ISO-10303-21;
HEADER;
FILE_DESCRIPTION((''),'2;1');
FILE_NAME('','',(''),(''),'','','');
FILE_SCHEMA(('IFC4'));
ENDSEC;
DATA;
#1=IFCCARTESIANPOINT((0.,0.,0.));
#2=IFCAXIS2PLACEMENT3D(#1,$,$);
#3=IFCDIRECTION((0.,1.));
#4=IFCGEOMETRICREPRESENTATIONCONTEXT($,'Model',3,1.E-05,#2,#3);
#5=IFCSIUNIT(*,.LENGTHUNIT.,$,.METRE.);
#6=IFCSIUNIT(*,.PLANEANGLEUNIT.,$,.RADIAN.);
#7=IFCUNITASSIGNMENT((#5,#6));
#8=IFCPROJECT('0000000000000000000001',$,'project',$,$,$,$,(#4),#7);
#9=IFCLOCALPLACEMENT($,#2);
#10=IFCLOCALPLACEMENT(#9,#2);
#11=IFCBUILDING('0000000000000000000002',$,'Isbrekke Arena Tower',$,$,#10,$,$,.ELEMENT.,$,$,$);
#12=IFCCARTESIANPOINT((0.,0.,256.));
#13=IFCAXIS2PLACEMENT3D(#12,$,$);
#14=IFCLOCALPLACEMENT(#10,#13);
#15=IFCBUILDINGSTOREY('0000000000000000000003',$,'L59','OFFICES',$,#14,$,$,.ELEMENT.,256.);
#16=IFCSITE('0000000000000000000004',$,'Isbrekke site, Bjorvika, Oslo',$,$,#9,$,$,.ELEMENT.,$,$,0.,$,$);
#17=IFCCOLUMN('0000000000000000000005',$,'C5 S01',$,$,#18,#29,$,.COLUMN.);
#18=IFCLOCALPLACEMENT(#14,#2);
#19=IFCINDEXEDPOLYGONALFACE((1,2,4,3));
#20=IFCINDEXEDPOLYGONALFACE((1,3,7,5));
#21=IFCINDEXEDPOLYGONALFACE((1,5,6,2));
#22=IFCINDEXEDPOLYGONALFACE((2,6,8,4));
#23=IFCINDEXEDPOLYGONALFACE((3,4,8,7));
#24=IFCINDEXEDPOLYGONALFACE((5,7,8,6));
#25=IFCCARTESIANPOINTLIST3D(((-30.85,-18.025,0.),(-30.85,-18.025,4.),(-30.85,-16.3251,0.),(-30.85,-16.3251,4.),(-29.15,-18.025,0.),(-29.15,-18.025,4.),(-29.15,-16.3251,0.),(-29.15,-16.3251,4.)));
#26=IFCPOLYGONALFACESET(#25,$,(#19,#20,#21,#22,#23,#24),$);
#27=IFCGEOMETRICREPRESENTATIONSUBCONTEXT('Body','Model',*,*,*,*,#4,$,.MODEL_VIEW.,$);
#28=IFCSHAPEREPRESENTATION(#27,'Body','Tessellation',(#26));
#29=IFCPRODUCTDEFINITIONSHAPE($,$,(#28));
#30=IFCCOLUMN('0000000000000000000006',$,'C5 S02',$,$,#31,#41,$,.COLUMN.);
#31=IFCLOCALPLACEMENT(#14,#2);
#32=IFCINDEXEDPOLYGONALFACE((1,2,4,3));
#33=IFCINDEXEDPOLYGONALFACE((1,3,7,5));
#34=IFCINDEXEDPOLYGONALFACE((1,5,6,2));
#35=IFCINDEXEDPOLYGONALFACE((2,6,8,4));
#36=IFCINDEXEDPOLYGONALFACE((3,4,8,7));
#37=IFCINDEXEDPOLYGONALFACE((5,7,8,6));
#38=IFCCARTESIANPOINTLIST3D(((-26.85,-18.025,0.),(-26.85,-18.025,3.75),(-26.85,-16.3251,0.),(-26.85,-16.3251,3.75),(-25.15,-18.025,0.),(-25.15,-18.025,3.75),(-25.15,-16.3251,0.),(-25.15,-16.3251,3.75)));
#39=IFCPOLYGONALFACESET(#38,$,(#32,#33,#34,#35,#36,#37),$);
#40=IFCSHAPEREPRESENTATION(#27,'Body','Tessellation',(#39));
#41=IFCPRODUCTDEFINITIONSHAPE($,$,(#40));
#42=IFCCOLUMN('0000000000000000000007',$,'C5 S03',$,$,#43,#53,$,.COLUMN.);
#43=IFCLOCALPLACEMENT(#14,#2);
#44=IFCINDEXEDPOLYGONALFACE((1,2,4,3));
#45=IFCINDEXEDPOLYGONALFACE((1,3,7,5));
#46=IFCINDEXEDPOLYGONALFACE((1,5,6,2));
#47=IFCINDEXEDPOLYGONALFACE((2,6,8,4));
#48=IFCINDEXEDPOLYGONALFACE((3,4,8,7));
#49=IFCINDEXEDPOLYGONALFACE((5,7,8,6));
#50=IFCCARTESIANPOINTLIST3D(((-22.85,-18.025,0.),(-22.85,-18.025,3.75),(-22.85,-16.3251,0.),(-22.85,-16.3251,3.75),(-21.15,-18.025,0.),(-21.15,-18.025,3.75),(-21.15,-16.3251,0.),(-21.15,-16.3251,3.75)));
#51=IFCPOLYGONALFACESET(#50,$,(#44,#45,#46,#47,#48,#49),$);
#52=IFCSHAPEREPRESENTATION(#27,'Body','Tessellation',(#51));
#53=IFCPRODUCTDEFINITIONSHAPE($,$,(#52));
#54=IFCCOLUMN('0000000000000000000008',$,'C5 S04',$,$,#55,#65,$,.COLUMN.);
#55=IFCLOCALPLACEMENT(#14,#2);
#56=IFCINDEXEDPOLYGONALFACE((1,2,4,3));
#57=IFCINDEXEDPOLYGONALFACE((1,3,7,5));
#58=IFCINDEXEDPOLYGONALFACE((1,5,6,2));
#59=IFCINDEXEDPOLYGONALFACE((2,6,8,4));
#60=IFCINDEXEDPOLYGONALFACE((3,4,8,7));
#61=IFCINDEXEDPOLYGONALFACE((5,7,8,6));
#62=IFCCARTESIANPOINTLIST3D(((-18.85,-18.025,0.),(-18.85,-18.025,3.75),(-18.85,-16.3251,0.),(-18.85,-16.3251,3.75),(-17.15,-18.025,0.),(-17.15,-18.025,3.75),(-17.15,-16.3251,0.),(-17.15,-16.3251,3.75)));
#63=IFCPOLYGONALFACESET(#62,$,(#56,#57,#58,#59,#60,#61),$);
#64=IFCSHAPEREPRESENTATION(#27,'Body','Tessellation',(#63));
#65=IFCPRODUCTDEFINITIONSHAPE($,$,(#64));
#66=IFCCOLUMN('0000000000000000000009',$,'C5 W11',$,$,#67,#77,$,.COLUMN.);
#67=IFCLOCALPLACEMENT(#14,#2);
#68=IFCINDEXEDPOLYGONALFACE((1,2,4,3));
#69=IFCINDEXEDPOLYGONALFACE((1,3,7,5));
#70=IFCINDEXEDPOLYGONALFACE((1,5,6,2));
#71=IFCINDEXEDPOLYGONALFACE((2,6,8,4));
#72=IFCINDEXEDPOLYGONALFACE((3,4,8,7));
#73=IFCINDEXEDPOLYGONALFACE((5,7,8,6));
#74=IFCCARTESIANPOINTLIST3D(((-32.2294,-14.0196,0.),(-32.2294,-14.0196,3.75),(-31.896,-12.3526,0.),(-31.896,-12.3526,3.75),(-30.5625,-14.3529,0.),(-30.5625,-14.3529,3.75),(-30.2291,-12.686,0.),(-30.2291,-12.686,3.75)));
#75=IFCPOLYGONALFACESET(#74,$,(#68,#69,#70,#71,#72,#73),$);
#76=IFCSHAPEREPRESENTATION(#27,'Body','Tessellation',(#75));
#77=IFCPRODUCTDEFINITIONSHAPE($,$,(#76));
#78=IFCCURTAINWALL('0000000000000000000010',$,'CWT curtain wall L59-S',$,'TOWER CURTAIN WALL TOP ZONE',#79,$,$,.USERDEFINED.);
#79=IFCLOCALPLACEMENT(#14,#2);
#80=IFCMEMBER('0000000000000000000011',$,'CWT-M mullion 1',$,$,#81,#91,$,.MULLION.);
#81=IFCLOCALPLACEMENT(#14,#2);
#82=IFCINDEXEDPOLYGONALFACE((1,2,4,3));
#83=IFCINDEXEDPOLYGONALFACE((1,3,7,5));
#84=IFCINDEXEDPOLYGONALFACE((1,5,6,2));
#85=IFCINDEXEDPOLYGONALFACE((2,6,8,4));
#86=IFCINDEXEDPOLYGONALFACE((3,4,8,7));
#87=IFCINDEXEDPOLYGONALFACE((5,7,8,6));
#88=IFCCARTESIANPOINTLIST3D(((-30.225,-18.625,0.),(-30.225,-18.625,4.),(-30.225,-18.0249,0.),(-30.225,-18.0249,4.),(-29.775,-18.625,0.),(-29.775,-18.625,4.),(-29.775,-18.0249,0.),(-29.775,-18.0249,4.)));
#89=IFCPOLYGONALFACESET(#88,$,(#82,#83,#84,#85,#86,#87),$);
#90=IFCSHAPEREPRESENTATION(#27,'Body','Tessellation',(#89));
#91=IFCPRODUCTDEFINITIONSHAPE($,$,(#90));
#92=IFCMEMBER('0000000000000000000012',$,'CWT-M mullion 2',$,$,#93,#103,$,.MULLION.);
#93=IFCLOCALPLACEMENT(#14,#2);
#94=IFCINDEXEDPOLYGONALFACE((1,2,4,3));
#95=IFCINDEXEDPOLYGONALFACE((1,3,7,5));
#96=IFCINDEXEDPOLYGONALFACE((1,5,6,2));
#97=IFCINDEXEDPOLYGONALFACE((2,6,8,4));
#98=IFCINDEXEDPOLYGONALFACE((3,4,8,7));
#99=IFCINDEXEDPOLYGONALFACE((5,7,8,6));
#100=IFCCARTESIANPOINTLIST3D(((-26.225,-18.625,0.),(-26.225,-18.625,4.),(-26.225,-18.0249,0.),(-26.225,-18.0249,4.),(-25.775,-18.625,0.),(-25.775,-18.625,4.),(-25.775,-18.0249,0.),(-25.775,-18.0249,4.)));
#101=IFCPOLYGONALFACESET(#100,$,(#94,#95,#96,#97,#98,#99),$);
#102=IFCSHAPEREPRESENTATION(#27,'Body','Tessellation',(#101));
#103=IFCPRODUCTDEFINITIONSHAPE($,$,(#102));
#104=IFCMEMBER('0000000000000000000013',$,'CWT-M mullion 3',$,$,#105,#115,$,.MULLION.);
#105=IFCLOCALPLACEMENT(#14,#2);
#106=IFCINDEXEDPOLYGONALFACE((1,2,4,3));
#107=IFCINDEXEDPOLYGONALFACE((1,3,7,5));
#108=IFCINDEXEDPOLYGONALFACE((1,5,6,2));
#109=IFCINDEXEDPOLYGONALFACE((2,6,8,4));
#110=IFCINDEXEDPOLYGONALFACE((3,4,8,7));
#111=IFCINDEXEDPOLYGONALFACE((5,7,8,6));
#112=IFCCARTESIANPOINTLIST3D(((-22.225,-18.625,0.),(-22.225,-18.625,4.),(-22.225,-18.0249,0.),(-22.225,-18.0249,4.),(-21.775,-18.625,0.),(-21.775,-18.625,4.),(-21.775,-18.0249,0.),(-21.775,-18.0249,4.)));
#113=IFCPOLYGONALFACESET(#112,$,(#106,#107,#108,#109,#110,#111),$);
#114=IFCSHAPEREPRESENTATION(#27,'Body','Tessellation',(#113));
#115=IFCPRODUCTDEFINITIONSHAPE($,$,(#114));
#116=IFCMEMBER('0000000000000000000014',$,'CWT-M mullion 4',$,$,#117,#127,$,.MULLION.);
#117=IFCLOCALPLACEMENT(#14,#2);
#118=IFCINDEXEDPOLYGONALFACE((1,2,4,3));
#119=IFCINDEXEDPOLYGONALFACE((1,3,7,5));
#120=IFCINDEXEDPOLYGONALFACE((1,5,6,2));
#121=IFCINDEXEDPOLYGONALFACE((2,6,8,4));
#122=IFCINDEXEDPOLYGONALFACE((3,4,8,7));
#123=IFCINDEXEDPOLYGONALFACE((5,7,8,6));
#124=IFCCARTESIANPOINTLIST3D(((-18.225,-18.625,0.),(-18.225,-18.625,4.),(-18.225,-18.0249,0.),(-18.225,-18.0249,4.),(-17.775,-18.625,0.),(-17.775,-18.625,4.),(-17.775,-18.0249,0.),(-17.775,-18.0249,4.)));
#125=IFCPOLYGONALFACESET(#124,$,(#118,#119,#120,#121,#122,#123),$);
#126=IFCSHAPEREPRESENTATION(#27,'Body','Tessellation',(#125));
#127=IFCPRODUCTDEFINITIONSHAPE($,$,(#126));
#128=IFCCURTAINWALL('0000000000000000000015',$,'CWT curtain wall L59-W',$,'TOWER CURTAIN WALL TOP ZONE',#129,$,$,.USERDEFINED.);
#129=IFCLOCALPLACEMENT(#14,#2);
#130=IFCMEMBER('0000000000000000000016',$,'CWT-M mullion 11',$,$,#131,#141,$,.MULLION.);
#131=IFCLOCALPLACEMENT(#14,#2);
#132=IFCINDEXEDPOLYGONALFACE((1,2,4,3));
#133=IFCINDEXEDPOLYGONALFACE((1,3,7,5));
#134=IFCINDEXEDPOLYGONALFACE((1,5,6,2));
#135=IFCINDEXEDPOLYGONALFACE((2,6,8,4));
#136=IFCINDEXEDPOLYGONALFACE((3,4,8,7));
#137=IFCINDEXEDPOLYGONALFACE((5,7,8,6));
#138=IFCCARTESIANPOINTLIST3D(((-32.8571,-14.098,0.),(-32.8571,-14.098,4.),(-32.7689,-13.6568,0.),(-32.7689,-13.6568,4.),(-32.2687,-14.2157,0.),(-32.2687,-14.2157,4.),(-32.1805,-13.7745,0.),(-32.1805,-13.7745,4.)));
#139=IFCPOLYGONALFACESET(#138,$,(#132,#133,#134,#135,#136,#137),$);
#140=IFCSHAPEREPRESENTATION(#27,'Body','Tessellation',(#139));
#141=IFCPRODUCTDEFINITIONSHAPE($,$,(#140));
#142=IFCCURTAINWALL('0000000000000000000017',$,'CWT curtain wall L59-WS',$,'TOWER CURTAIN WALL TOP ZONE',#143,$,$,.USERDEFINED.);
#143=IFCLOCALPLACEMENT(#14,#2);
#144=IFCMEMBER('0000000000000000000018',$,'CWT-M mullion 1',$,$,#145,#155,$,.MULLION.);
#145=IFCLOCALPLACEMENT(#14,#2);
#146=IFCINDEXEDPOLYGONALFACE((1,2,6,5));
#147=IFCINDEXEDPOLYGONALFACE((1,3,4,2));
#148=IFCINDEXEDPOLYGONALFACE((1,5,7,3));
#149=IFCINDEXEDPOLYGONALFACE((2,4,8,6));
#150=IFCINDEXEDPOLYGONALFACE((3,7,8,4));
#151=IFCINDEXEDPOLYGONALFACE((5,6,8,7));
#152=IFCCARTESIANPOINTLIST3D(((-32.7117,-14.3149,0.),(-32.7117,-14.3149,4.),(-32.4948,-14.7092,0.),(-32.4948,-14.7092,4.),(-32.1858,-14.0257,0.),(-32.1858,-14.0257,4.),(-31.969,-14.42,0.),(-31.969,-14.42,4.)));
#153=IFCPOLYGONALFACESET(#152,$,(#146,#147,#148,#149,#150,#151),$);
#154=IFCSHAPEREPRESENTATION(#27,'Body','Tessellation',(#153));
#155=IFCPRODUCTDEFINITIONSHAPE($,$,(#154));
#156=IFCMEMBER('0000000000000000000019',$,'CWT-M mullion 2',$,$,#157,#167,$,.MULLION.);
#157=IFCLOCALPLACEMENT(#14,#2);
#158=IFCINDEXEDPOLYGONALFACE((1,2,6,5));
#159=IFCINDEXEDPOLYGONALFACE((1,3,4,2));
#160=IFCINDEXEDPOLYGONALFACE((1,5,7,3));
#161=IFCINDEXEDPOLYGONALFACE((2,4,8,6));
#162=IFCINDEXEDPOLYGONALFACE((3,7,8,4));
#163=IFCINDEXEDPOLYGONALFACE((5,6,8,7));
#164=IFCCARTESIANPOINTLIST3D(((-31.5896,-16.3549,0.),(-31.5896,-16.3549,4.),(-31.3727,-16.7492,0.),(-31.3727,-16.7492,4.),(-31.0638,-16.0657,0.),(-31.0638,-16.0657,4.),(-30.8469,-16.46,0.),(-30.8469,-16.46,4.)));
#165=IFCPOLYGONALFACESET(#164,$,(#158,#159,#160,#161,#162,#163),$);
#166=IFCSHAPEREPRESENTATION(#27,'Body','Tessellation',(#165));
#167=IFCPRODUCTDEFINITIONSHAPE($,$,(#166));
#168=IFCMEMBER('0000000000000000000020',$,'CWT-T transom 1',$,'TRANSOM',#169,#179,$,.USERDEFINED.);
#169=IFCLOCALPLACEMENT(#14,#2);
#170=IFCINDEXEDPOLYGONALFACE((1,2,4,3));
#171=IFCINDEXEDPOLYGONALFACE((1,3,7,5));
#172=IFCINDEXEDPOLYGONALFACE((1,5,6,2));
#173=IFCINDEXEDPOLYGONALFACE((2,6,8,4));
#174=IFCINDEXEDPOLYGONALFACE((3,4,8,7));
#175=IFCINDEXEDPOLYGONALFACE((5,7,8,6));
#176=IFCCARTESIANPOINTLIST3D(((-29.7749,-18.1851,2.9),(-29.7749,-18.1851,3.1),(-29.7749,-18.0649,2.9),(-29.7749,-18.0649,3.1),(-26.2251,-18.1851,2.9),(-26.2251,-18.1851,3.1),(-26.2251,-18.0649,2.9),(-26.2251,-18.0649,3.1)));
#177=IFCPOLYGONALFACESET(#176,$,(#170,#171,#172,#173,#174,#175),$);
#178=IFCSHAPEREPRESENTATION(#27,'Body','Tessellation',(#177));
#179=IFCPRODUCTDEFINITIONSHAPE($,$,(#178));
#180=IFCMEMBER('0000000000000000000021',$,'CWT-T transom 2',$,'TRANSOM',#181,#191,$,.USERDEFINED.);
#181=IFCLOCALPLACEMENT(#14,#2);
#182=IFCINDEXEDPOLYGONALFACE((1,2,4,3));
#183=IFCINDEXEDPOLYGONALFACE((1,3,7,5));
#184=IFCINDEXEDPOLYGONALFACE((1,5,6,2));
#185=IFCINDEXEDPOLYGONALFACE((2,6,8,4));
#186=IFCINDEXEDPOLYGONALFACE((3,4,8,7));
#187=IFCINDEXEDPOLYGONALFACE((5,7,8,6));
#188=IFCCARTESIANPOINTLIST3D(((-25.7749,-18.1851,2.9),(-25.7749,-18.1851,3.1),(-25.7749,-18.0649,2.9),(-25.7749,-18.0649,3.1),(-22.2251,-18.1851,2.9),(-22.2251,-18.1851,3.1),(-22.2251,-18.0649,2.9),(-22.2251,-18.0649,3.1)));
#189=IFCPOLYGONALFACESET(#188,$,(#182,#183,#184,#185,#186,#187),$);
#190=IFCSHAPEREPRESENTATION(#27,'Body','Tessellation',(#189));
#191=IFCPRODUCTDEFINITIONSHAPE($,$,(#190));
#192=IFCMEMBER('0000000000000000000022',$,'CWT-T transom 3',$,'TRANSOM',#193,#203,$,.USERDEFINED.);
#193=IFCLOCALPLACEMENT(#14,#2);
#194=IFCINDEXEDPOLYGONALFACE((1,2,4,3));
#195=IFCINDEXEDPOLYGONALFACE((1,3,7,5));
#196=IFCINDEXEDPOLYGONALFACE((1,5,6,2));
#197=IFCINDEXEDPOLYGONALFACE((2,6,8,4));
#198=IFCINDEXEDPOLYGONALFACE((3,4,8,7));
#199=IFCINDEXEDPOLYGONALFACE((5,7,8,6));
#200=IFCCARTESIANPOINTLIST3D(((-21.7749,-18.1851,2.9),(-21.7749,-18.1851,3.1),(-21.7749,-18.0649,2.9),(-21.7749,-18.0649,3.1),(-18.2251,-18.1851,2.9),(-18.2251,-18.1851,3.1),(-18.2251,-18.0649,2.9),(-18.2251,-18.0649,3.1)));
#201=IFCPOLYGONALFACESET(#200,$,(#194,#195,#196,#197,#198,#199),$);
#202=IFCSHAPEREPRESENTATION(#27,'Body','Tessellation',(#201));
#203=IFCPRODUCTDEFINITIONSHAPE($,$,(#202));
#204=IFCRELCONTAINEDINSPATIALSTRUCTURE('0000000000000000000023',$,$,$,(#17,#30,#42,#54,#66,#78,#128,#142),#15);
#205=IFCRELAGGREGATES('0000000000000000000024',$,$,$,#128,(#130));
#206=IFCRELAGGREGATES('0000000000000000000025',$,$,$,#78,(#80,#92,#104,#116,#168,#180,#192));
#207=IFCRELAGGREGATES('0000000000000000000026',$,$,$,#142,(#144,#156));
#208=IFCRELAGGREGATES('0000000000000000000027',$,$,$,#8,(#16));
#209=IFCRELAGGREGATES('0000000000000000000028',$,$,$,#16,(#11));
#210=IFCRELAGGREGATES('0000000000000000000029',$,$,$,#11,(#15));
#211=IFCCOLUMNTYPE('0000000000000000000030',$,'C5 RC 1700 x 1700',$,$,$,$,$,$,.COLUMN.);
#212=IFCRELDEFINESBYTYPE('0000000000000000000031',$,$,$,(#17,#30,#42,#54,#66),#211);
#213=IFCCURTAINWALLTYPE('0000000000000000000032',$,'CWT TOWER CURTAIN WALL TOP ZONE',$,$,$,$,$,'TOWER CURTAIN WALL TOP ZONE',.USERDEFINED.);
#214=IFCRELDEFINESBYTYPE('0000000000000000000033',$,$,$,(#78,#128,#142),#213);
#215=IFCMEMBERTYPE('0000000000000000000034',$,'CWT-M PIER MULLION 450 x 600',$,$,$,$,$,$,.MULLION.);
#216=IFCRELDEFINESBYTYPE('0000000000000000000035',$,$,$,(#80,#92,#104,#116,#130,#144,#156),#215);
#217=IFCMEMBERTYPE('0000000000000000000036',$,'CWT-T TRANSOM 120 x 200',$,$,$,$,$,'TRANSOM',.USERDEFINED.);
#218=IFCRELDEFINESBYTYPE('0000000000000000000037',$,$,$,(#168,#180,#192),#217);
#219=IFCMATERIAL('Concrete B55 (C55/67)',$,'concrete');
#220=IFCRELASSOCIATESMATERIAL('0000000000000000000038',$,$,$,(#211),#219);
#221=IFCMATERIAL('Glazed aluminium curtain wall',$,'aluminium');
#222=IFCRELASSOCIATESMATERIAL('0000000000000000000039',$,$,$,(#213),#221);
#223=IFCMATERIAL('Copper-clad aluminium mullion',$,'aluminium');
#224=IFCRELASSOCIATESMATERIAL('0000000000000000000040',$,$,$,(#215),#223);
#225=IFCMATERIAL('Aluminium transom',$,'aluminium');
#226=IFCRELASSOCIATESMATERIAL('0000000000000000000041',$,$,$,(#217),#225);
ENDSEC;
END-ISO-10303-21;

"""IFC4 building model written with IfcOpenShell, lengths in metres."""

from ifc_helpers import new_model, si_unit, direction, frame, origin, origin_2d, place, context, subcontext, project, spatial, rectangle, extrude, material, material_profile, profile_set, type_object, element, aggregate, save


model = new_model("IFC4")

# Units and contexts
model_context = context("Model", 3, precision=1e-05, world=origin(), true_north=direction((0.0, 1.0)))
body_context = subcontext(model_context, "Body", "Model", "MODEL_VIEW")
ifc_project = project(units=[si_unit("LENGTHUNIT", "METRE"), si_unit("PLANEANGLEUNIT", "RADIAN")], contexts=[model_context])

# Site, building, storey
site_placement = place(None, origin())
site = spatial("IfcSite", under=ifc_project, at=site_placement, Name="Isbrekke site, Bjorvika, Oslo", CompositionType="ELEMENT", RefElevation=0.0)
building_placement = place(site_placement, origin())
building = spatial("IfcBuilding", under=site, at=building_placement, Name="Isbrekke Arena Tower", CompositionType="ELEMENT")
storey_placement = place(building_placement, frame((0.0, 0.0, 256.0)))
storey = spatial("IfcBuildingStorey", under=building, at=storey_placement, Name="L59", Description="OFFICES", CompositionType="ELEMENT", Elevation=256.0)

# Columns
ifc_material_1 = material(Name="Concrete B55 (C55/67)", Category="concrete")
ifc_material_profile_1 = material_profile(ifc_material_1, rectangle(XDim=1.7, YDim=1.7, at=origin_2d()), Name="RC 1700x1700")
ifc_profile_set_1 = profile_set([ifc_material_profile_1], Name="Concrete B55 (C55/67)")
column_type = type_object("IfcColumnType", Name="C5 RC 1700 x 1700", PredefinedType="COLUMN", material=ifc_profile_set_1)
column_placement = place(storey_placement, frame((-30.0, -17.175, 0.0), z_axis=(0.0, 0.0, 1.0), x_axis=(1.0, 0.0, 0.0)))
element("IfcColumn", 1, at=column_placement, inside=storey, type_object=column_type, Name="C5 S01", PredefinedType="COLUMN", context=body_context, shape_type="SweptSolid", body=[
    extrude(rectangle(XDim=1.7, YDim=1.7, at=origin_2d()), origin(), (0.0, 0.0, 1.0), 4.0),
])
for number, where, z_axis, x_axis, name in (
    (2, (-26.0, -17.175, 0.0), (0.0, 0.0, 1.0), (1.0, 0.0, 0.0), "C5 S02"),
    (3, (-22.0, -17.175, 0.0), (0.0, 0.0, 1.0), (1.0, 0.0, 0.0), "C5 S03"),
    (4, (-18.0, -17.175, 0.0), (0.0, 0.0, 1.0), (1.0, 0.0, 0.0), "C5 S04"),
    (5, (-31.2292, -13.3528, 0.0), (0.0, 0.0, 1.0), (-0.196116, -0.980581, 0.0), "C5 W11"),
):
    element("IfcColumn", number, at=place(storey_placement, frame(where, z_axis=z_axis, x_axis=x_axis)), inside=storey, type_object=column_type, Name=name, PredefinedType="COLUMN", context=body_context, shape_type="SweptSolid", body=[
        extrude(rectangle(XDim=1.7, YDim=1.7, at=origin_2d()), origin(), (0.0, 0.0, 1.0), 3.75),
    ])

# Curtain wall, members
ifc_material_2 = material(Name="Glazed aluminium curtain wall", Category="aluminium")
curtain_wall_type = type_object("IfcCurtainWallType", Name="CWT TOWER CURTAIN WALL TOP ZONE", ElementType="TOWER CURTAIN WALL TOP ZONE", PredefinedType="USERDEFINED", material=ifc_material_2)
curtain_wall_1_placement = place(storey_placement, origin())
curtain_wall_1 = element("IfcCurtainWall", 6, at=curtain_wall_1_placement, inside=storey, type_object=curtain_wall_type, Name="CWT curtain wall L59-S", ObjectType="TOWER CURTAIN WALL TOP ZONE", PredefinedType="USERDEFINED")
ifc_material_3 = material(Name="Copper-clad aluminium mullion", Category="aluminium")
ifc_material_profile_2 = material_profile(ifc_material_3, rectangle(XDim=0.45, YDim=0.6001, at=origin_2d()), Name="PIER 450X600")
ifc_profile_set_2 = profile_set([ifc_material_profile_2], Name="Copper-clad aluminium mullion")
member_type_1 = type_object("IfcMemberType", Name="CWT-M PIER MULLION 450 x 600", PredefinedType="MULLION", material=ifc_profile_set_2)
member_1_placement = place(storey_placement, frame((-30.0, -18.325, 0.0), z_axis=(0.0, 0.0, 1.0), x_axis=(1.0, 0.0, 0.0)))
member_1 = element("IfcMember", 7, at=member_1_placement, type_object=member_type_1, Name="CWT-M mullion 1", PredefinedType="MULLION", context=body_context, shape_type="SweptSolid", body=[
    extrude(rectangle(XDim=0.45, YDim=0.6001, at=origin_2d()), origin(), (0.0, 0.0, 1.0), 4.0),
])
member_2_placement = place(storey_placement, frame((-26.0, -18.325, 0.0), z_axis=(0.0, 0.0, 1.0), x_axis=(1.0, 0.0, 0.0)))
member_2 = element("IfcMember", 8, at=member_2_placement, type_object=member_type_1, Name="CWT-M mullion 2", PredefinedType="MULLION", context=body_context, shape_type="SweptSolid", body=[
    extrude(rectangle(XDim=0.45, YDim=0.6001, at=origin_2d()), origin(), (0.0, 0.0, 1.0), 4.0),
])
member_3_placement = place(storey_placement, frame((-22.0, -18.325, 0.0), z_axis=(0.0, 0.0, 1.0), x_axis=(1.0, 0.0, 0.0)))
member_3 = element("IfcMember", 9, at=member_3_placement, type_object=member_type_1, Name="CWT-M mullion 3", PredefinedType="MULLION", context=body_context, shape_type="SweptSolid", body=[
    extrude(rectangle(XDim=0.45, YDim=0.6001, at=origin_2d()), origin(), (0.0, 0.0, 1.0), 4.0),
])
member_4_placement = place(storey_placement, frame((-18.0, -18.325, 0.0), z_axis=(0.0, 0.0, 1.0), x_axis=(1.0, 0.0, 0.0)))
member_4 = element("IfcMember", 10, at=member_4_placement, type_object=member_type_1, Name="CWT-M mullion 4", PredefinedType="MULLION", context=body_context, shape_type="SweptSolid", body=[
    extrude(rectangle(XDim=0.45, YDim=0.6001, at=origin_2d()), origin(), (0.0, 0.0, 1.0), 4.0),
])

# Curtain wall, member
curtain_wall_2_placement = place(storey_placement, origin())
curtain_wall_2 = element("IfcCurtainWall", 11, at=curtain_wall_2_placement, inside=storey, type_object=curtain_wall_type, Name="CWT curtain wall L59-W", ObjectType="TOWER CURTAIN WALL TOP ZONE", PredefinedType="USERDEFINED")
member_5_placement = place(storey_placement, frame((-32.5188, -13.9363, 0.0), z_axis=(0.0, 0.0, 1.0), x_axis=(-0.196116, -0.980581, 0.0)))
member_5 = element("IfcMember", 12, at=member_5_placement, type_object=member_type_1, Name="CWT-M mullion 11", PredefinedType="MULLION", context=body_context, shape_type="SweptSolid", body=[
    extrude(rectangle(XDim=0.45, YDim=0.6001, at=origin_2d()), origin(), (0.0, 0.0, 1.0), 4.0),
])
aggregate(curtain_wall_2, [member_5])

# Curtain wall, members
curtain_wall_3_placement = place(storey_placement, origin())
curtain_wall_3 = element("IfcCurtainWall", 13, at=curtain_wall_3_placement, inside=storey, type_object=curtain_wall_type, Name="CWT curtain wall L59-WS", ObjectType="TOWER CURTAIN WALL TOP ZONE", PredefinedType="USERDEFINED")
member_6_placement = place(storey_placement, frame((-32.3403, -14.3674, 0.0), z_axis=(0.0, 0.0, 1.0), x_axis=(0.481919, -0.876216, 0.0)))
member_6 = element("IfcMember", 14, at=member_6_placement, type_object=member_type_1, Name="CWT-M mullion 1", PredefinedType="MULLION", context=body_context, shape_type="SweptSolid", body=[
    extrude(rectangle(XDim=0.45, YDim=0.6001, at=origin_2d()), origin(), (0.0, 0.0, 1.0), 4.0),
])
member_7_placement = place(storey_placement, frame((-31.2183, -16.4075, 0.0), z_axis=(0.0, 0.0, 1.0), x_axis=(0.481919, -0.876216, 0.0)))
member_7 = element("IfcMember", 15, at=member_7_placement, type_object=member_type_1, Name="CWT-M mullion 2", PredefinedType="MULLION", context=body_context, shape_type="SweptSolid", body=[
    extrude(rectangle(XDim=0.45, YDim=0.6001, at=origin_2d()), origin(), (0.0, 0.0, 1.0), 4.0),
])

# Members
ifc_material_4 = material(Name="Aluminium transom", Category="aluminium")
ifc_material_profile_3 = material_profile(ifc_material_4, rectangle(XDim=0.1201, YDim=0.2, at=origin_2d()), Name="TRANSOM 120X200")
ifc_profile_set_3 = profile_set([ifc_material_profile_3], Name="Aluminium transom")
member_type_2 = type_object("IfcMemberType", Name="CWT-T TRANSOM 120 x 200", ElementType="TRANSOM", PredefinedType="USERDEFINED", material=ifc_profile_set_3)
member_8_placement = place(storey_placement, frame((-29.7749, -18.125, 3.0), z_axis=(1.0, 0.0, 0.0), x_axis=(0.0, 1.0, 0.0)))
member_8 = element("IfcMember", 16, at=member_8_placement, type_object=member_type_2, Name="CWT-T transom 1", ObjectType="TRANSOM", PredefinedType="USERDEFINED", context=body_context, shape_type="SweptSolid", body=[
    extrude(rectangle(XDim=0.1201, YDim=0.2, at=origin_2d()), origin(), (0.0, 0.0, 1.0), 3.5498),
])
member_9_placement = place(storey_placement, frame((-25.7749, -18.125, 3.0), z_axis=(1.0, 0.0, 0.0), x_axis=(0.0, 1.0, 0.0)))
member_9 = element("IfcMember", 17, at=member_9_placement, type_object=member_type_2, Name="CWT-T transom 2", ObjectType="TRANSOM", PredefinedType="USERDEFINED", context=body_context, shape_type="SweptSolid", body=[
    extrude(rectangle(XDim=0.1201, YDim=0.2, at=origin_2d()), origin(), (0.0, 0.0, 1.0), 3.5498),
])
member_10_placement = place(storey_placement, frame((-21.7749, -18.125, 3.0), z_axis=(1.0, 0.0, 0.0), x_axis=(0.0, 1.0, 0.0)))
member_10 = element("IfcMember", 18, at=member_10_placement, type_object=member_type_2, Name="CWT-T transom 3", ObjectType="TRANSOM", PredefinedType="USERDEFINED", context=body_context, shape_type="SweptSolid", body=[
    extrude(rectangle(XDim=0.1201, YDim=0.2, at=origin_2d()), origin(), (0.0, 0.0, 1.0), 3.5498),
])

aggregate(curtain_wall_1, [member_1, member_2, member_3, member_4, member_8, member_9, member_10])
aggregate(curtain_wall_3, [member_6, member_7])

save(model, "model.ifc")
